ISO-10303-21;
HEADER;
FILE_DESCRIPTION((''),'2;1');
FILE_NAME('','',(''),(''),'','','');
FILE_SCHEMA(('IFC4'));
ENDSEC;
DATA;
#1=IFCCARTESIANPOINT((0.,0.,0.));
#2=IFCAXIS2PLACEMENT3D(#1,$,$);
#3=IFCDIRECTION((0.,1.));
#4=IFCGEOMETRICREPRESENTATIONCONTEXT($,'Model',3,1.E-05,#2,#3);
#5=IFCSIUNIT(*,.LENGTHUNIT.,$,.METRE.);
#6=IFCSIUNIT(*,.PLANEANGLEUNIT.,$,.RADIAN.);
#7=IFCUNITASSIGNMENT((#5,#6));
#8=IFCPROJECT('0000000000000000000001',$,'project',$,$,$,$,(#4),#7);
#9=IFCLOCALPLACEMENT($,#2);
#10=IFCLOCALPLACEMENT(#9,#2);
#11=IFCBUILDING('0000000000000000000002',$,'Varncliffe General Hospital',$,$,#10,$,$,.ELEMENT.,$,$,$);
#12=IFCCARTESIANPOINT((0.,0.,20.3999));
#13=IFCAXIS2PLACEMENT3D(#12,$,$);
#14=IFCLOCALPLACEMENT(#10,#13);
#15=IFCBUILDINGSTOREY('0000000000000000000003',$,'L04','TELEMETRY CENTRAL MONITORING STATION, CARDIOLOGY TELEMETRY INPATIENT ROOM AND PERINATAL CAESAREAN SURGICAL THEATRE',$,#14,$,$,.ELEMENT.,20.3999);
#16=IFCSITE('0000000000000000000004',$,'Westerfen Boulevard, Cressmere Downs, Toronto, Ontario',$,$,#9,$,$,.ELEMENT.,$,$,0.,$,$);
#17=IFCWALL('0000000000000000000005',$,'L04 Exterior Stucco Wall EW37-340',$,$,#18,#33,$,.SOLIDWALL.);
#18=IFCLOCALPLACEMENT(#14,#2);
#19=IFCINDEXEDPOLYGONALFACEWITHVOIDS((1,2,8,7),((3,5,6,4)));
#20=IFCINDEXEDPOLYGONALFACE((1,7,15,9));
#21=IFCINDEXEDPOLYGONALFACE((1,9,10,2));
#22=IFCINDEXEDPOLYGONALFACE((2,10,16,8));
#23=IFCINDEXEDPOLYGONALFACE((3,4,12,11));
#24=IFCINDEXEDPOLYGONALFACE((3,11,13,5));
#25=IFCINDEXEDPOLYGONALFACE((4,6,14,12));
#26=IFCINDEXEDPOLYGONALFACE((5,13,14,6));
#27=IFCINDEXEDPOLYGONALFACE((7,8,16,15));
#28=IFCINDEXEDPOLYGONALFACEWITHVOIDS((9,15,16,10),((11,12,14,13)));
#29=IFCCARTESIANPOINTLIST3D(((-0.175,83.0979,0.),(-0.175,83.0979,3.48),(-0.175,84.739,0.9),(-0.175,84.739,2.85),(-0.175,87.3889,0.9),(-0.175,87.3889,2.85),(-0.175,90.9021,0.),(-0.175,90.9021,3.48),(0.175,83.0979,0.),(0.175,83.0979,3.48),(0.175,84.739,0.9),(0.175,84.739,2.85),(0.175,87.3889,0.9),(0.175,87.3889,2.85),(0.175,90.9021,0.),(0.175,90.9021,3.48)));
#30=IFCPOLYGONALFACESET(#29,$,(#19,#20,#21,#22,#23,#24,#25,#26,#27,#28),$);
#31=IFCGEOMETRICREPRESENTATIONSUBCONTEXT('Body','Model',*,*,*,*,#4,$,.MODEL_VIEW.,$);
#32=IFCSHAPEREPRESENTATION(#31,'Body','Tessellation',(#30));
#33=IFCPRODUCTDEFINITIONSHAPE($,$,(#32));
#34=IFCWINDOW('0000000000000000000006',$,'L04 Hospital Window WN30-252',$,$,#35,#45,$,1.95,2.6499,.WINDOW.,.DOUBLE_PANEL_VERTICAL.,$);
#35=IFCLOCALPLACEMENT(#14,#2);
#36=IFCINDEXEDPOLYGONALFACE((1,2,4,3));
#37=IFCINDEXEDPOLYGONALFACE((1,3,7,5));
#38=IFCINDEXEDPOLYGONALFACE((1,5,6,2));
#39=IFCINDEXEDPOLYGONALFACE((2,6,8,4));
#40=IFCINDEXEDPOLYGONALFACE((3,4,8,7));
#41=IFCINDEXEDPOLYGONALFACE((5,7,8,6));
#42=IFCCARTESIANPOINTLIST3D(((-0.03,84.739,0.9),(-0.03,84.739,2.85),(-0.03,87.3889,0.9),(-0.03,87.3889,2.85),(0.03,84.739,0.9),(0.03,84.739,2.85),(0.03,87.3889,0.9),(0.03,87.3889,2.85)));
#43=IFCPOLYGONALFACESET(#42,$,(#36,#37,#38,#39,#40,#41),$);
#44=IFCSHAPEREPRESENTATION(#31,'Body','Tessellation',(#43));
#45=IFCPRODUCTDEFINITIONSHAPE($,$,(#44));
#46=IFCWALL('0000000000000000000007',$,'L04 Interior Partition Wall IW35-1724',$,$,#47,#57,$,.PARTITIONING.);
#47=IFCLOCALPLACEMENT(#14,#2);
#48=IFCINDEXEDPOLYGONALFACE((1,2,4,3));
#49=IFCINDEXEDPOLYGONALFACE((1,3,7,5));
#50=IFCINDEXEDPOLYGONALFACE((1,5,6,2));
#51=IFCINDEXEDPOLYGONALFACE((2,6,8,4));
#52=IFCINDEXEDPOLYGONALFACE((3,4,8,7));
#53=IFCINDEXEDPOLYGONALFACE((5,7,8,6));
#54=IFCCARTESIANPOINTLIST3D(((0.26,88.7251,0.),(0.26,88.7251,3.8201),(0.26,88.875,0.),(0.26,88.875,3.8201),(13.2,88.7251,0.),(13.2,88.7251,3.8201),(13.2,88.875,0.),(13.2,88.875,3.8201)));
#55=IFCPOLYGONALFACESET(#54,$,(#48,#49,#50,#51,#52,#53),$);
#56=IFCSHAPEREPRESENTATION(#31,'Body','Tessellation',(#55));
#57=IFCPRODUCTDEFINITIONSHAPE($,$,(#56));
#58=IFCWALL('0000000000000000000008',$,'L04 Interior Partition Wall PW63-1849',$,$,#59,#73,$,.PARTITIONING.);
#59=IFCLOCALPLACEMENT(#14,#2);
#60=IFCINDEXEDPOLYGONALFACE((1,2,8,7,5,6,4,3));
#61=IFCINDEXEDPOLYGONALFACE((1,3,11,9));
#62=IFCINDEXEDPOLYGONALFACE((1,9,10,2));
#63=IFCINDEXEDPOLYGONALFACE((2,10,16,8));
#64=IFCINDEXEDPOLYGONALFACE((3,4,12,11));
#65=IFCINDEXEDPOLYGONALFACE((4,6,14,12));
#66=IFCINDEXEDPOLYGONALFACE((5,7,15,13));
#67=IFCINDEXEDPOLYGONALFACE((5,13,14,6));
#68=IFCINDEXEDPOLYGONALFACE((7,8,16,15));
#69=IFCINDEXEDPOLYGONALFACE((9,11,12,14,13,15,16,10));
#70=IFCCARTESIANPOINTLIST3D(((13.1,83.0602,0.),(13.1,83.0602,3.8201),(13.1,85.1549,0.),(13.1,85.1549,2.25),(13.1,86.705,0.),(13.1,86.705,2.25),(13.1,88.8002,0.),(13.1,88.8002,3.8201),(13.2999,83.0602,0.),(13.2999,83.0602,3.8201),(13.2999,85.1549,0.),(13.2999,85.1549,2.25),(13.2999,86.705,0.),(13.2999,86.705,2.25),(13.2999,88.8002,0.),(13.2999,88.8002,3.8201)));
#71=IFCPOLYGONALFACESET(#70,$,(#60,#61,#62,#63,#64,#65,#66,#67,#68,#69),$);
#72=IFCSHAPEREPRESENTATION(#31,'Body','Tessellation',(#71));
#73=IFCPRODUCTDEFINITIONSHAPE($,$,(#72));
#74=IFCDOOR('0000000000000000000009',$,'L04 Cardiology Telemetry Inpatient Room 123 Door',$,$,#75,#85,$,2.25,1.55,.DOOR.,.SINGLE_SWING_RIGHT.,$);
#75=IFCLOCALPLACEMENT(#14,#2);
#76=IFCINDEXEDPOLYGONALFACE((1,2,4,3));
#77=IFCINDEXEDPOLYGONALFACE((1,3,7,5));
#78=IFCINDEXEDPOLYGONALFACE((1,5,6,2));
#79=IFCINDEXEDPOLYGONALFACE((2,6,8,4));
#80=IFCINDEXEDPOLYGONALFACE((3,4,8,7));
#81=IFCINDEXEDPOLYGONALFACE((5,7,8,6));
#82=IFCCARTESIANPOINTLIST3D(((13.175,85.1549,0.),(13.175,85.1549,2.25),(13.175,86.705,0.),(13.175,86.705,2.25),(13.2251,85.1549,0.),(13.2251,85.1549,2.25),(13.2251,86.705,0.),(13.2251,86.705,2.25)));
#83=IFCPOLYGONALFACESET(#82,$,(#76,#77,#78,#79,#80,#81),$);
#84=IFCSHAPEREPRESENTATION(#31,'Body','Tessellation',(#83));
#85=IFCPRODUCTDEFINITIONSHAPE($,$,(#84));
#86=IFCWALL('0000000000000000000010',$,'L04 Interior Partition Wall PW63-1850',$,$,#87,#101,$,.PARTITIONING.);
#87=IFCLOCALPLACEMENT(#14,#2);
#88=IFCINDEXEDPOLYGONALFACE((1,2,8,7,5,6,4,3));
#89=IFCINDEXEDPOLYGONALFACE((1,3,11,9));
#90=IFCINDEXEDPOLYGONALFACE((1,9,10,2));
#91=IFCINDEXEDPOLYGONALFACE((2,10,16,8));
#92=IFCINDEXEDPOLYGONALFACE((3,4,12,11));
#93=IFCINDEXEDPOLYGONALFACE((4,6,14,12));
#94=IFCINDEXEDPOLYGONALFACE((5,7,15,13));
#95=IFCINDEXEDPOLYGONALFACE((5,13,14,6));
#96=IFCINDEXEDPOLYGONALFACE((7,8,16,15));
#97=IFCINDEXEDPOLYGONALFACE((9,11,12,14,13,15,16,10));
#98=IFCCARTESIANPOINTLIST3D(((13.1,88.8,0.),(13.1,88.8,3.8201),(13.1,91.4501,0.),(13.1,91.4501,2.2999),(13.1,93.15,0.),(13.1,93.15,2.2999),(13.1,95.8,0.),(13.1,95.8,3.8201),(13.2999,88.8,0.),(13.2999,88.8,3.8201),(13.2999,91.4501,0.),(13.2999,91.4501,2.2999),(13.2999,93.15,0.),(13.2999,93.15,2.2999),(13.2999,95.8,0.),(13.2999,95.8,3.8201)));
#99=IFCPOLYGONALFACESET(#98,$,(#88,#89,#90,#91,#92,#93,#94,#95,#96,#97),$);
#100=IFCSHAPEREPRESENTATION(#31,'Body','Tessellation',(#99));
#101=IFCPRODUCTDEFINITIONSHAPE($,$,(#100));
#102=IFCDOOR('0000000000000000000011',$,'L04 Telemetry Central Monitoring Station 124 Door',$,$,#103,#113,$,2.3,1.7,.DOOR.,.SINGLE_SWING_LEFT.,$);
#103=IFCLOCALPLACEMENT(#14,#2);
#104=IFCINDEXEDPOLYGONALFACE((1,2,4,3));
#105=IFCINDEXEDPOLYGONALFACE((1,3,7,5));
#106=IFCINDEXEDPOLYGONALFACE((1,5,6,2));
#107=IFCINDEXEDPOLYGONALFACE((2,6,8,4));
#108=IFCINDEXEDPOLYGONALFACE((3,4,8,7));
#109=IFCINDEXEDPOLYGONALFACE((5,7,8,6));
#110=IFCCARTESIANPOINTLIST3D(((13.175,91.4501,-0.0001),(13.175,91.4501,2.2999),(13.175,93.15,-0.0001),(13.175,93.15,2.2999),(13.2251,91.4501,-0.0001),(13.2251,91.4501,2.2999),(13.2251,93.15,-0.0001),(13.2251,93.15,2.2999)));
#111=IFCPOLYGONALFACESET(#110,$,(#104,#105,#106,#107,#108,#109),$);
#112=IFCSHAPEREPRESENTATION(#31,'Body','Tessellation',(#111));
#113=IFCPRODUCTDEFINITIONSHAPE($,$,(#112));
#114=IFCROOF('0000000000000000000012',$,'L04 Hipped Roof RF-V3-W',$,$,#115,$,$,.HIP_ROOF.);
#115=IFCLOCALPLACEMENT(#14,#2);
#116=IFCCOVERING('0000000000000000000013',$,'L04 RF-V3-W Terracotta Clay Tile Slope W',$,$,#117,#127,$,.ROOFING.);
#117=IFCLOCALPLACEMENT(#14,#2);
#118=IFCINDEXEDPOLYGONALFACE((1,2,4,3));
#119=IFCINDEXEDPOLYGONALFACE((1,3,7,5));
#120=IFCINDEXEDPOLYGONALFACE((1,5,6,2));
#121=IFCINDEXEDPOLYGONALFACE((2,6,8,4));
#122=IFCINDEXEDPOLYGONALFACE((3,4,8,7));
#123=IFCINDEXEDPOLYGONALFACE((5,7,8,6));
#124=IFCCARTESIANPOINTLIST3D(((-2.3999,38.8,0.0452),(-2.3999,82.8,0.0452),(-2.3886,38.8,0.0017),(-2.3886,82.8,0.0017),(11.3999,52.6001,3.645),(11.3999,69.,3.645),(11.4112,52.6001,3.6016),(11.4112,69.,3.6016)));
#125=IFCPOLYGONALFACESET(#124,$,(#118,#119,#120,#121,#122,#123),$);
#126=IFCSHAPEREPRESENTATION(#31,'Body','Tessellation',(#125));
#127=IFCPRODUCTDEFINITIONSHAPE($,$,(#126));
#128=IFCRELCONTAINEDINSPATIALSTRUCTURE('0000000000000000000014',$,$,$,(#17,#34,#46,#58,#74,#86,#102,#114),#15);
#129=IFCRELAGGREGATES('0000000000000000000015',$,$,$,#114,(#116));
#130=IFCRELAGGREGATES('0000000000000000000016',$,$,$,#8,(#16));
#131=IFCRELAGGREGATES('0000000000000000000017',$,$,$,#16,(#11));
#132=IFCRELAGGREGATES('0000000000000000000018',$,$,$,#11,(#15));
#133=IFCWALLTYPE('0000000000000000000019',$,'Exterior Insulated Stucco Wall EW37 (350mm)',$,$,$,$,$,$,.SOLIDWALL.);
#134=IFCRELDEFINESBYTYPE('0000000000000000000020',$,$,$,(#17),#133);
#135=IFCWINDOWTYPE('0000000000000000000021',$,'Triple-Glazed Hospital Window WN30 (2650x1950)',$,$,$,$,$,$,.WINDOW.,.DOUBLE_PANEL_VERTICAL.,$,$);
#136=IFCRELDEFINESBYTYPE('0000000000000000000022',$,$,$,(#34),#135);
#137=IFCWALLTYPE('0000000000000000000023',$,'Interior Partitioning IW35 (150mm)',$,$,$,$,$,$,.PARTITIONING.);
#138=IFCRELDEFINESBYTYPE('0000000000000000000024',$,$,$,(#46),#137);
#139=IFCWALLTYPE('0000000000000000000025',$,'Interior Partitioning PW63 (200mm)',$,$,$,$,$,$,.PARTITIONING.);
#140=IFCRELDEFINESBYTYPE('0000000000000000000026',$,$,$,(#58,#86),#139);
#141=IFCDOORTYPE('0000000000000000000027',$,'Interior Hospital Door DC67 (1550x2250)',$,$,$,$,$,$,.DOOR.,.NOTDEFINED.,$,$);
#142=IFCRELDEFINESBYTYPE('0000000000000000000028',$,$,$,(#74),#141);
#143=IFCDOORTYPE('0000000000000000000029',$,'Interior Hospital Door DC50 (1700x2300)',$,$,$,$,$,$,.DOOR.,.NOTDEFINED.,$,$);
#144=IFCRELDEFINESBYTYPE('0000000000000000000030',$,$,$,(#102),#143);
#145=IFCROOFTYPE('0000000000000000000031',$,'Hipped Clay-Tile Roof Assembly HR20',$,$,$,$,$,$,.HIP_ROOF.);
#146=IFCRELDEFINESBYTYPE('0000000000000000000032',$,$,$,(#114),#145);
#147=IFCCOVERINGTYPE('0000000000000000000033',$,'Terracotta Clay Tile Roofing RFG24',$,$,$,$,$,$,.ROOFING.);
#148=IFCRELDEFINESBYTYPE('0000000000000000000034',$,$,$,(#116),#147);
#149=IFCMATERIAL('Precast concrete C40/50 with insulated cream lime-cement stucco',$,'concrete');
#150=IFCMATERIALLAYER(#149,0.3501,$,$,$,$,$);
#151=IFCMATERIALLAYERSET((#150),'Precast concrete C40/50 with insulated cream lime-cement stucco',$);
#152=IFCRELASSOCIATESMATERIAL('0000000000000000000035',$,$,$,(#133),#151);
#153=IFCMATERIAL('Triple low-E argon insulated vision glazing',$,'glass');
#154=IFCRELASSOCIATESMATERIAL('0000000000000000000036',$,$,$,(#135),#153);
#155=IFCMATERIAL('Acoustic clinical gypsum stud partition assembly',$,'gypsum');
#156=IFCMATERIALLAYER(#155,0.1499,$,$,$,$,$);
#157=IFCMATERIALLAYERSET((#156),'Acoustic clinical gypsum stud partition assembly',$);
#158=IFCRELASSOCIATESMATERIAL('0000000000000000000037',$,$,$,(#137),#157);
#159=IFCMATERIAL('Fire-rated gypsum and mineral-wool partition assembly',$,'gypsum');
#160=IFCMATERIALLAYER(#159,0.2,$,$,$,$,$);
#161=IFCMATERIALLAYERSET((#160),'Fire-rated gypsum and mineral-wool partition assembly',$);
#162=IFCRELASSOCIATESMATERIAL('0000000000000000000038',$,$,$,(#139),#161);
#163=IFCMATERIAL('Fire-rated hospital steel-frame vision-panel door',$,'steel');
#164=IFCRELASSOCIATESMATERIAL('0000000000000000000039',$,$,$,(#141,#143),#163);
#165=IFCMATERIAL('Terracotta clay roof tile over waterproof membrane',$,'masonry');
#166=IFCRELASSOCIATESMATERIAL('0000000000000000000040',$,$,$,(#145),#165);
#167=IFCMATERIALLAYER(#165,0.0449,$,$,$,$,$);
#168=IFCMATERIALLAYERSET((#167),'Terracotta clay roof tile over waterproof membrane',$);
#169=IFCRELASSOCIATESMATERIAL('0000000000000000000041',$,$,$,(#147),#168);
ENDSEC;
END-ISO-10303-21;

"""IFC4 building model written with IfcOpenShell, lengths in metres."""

from ifc_helpers import new_model, si_unit, direction, frame, frame_2d, origin, place, context, subcontext, project, spatial, polyline, rectangle, outline, extrude, material, layer, layer_set, type_object, element, fill, aggregate, save


model = new_model("IFC4")

# Units and contexts
model_context = context("Model", 3, precision=1e-05, world=origin(), true_north=direction((0.0, 1.0)))
body_context = subcontext(model_context, "Body", "Model", "MODEL_VIEW")
ifc_project = project(units=[si_unit("LENGTHUNIT", "METRE"), si_unit("PLANEANGLEUNIT", "RADIAN")], contexts=[model_context])

# Site, building, storey
site_placement = place(None, origin())
site = spatial("IfcSite", under=ifc_project, at=site_placement, Name="Westerfen Boulevard, Cressmere Downs, Toronto, Ontario", CompositionType="ELEMENT", RefElevation=0.0)
building_placement = place(site_placement, origin())
building = spatial("IfcBuilding", under=site, at=building_placement, Name="Varncliffe General Hospital", CompositionType="ELEMENT")
storey_placement = place(building_placement, frame((0.0, 0.0, 20.3999)))
storey = spatial("IfcBuildingStorey", under=building, at=storey_placement, Name="L04", Description="TELEMETRY CENTRAL MONITORING STATION, CARDIOLOGY TELEMETRY INPATIENT ROOM AND PERINATAL CAESAREAN SURGICAL THEATRE", CompositionType="ELEMENT", Elevation=20.3999)

# Shared definitions
ifc_material_1 = material(Name="Precast concrete C40/50 with insulated cream lime-cement stucco", Category="concrete")
ifc_material_2 = material(Name="Triple low-E argon insulated vision glazing", Category="glass")

# Wall, opening, window
ifc_layer_1 = layer(ifc_material_1, 0.3501)
ifc_layer_set_1 = layer_set([ifc_layer_1], Name="Precast concrete C40/50 with insulated cream lime-cement stucco")
wall_type_1 = type_object("IfcWallType", Name="Exterior Insulated Stucco Wall EW37 (350mm)", PredefinedType="SOLIDWALL", material=ifc_layer_set_1)
wall_1_placement = place(storey_placement, frame((0.0, 83.0979, 0.0), z_axis=(0.0, 0.0, 1.0), x_axis=(0.0, 1.0, 0.0)))
wall_1 = element("IfcWall", 1, at=wall_1_placement, inside=storey, type_object=wall_type_1, Name="L04 Exterior Stucco Wall EW37-340", PredefinedType="SOLIDWALL", context=body_context, shape_type="SweptSolid", body=[
    extrude(rectangle(XDim=7.8042, YDim=0.3501, at=frame_2d((3.9021, 0.0))), origin(), (0.0, 0.0, 1.0), 3.48),
])
opening_1_placement = place(wall_1_placement, frame((1.6411, 0.0, 0.8999)))
opening_1 = element("IfcOpeningElement", 2, at=opening_1_placement, cuts=wall_1, PredefinedType="OPENING", context=body_context, shape_type="SweptSolid", body=[
    extrude(rectangle(XDim=2.6499, YDim=1.95, at=frame_2d((1.325, 0.9751))), frame((0.0, 0.1851, 0.0), z_axis=(0.0, -1.0, 0.0), x_axis=(1.0, 0.0, 0.0)), (0.0, 0.0, 1.0), 0.3701),
])
window_type_1 = type_object("IfcWindowType", Name="Triple-Glazed Hospital Window WN30 (2650x1950)", PartitioningType="DOUBLE_PANEL_VERTICAL", PredefinedType="WINDOW", material=ifc_material_2)
window_1_placement = place(opening_1_placement, origin())
window_1 = element("IfcWindow", 3, at=window_1_placement, inside=storey, type_object=window_type_1, Name="L04 Hospital Window WN30-252", OverallHeight=1.95, OverallWidth=2.6499, PartitioningType="DOUBLE_PANEL_VERTICAL", PredefinedType="WINDOW", context=body_context, shape_type="SweptSolid", body=[
    extrude(rectangle(XDim=2.6499, YDim=1.95, at=frame_2d((1.325, 0.9751))), frame((0.0, 0.03, 0.0), z_axis=(0.0, -1.0, 0.0), x_axis=(1.0, 0.0, 0.0)), (0.0, 0.0, 1.0), 0.0601),
])
fill(opening_1, window_1)

# Wall
ifc_material_3 = material(Name="Acoustic clinical gypsum stud partition assembly", Category="gypsum")
ifc_layer_2 = layer(ifc_material_3, 0.1499)
ifc_layer_set_2 = layer_set([ifc_layer_2], Name="Acoustic clinical gypsum stud partition assembly")
wall_type_2 = type_object("IfcWallType", Name="Interior Partitioning IW35 (150mm)", PredefinedType="PARTITIONING", material=ifc_layer_set_2)
wall_2_placement = place(storey_placement, frame((0.26, 88.8, 0.0), z_axis=(0.0, 0.0, 1.0), x_axis=(1.0, 0.0, 0.0)))
element("IfcWall", 4, at=wall_2_placement, inside=storey, type_object=wall_type_2, Name="L04 Interior Partition Wall IW35-1724", PredefinedType="PARTITIONING", context=body_context, shape_type="SweptSolid", body=[
    extrude(rectangle(XDim=12.9399, YDim=0.1499, at=frame_2d((6.47, 0.0))), origin(), (0.0, 0.0, 1.0), 3.8201),
])

# Walls, openings, doors
ifc_material_4 = material(Name="Fire-rated gypsum and mineral-wool partition assembly", Category="gypsum")
ifc_layer_3 = layer(ifc_material_4, 0.2)
ifc_layer_set_3 = layer_set([ifc_layer_3], Name="Fire-rated gypsum and mineral-wool partition assembly")
wall_type_3 = type_object("IfcWallType", Name="Interior Partitioning PW63 (200mm)", PredefinedType="PARTITIONING", material=ifc_layer_set_3)
wall_3_placement = place(storey_placement, frame((13.2, 83.0601, 0.0), z_axis=(0.0, 0.0, 1.0), x_axis=(0.0, 1.0, 0.0)))
wall_3 = element("IfcWall", 5, at=wall_3_placement, inside=storey, type_object=wall_type_3, Name="L04 Interior Partition Wall PW63-1849", PredefinedType="PARTITIONING", context=body_context, shape_type="SweptSolid", body=[
    extrude(rectangle(XDim=5.74, YDim=0.2, at=frame_2d((2.8701, 0.0))), origin(), (0.0, 0.0, 1.0), 3.8201),
])
opening_2_placement = place(wall_3_placement, frame((2.095, 0.0, 0.0)))
opening_2 = element("IfcOpeningElement", 6, at=opening_2_placement, cuts=wall_3, PredefinedType="OPENING", context=body_context, shape_type="SweptSolid", body=[
    extrude(rectangle(XDim=1.55, YDim=2.25, at=frame_2d((0.7749, 1.125))), frame((0.0, 0.1099, 0.0), z_axis=(0.0, -1.0, 0.0), x_axis=(1.0, 0.0, 0.0)), (0.0, 0.0, 1.0), 0.22),
])
ifc_material_5 = material(Name="Fire-rated hospital steel-frame vision-panel door", Category="steel")
door_type_1 = type_object("IfcDoorType", Name="Interior Hospital Door DC67 (1550x2250)", OperationType="NOTDEFINED", PredefinedType="DOOR", material=ifc_material_5)
door_1_placement = place(opening_2_placement, origin())
door_1 = element("IfcDoor", 7, at=door_1_placement, inside=storey, type_object=door_type_1, Name="L04 Cardiology Telemetry Inpatient Room 123 Door", OperationType="SINGLE_SWING_RIGHT", OverallHeight=2.25, OverallWidth=1.55, PredefinedType="DOOR", context=body_context, shape_type="SweptSolid", body=[
    extrude(rectangle(XDim=1.55, YDim=2.25, at=frame_2d((0.7749, 1.125))), frame((0.0, 0.0249, 0.0), z_axis=(0.0, -1.0, 0.0), x_axis=(1.0, 0.0, 0.0)), (0.0, 0.0, 1.0), 0.05),
])
fill(opening_2, door_1)
wall_4_placement = place(storey_placement, frame((13.2, 88.8, 0.0), z_axis=(0.0, 0.0, 1.0), x_axis=(0.0, 1.0, 0.0)))
wall_4 = element("IfcWall", 8, at=wall_4_placement, inside=storey, type_object=wall_type_3, Name="L04 Interior Partition Wall PW63-1850", PredefinedType="PARTITIONING", context=body_context, shape_type="SweptSolid", body=[
    extrude(rectangle(XDim=7.0, YDim=0.2, at=frame_2d((3.5, 0.0))), origin(), (0.0, 0.0, 1.0), 3.8201),
])
opening_3_placement = place(wall_4_placement, frame((2.6499, 0.0, 0.0)))
opening_3 = element("IfcOpeningElement", 9, at=opening_3_placement, cuts=wall_4, PredefinedType="OPENING", context=body_context, shape_type="SweptSolid", body=[
    extrude(rectangle(XDim=1.7, YDim=2.3, at=frame_2d((0.8501, 1.1499))), frame((0.0, 0.1099, 0.0), z_axis=(0.0, -1.0, 0.0), x_axis=(1.0, 0.0, 0.0)), (0.0, 0.0, 1.0), 0.22),
])
door_type_2 = type_object("IfcDoorType", Name="Interior Hospital Door DC50 (1700x2300)", OperationType="NOTDEFINED", PredefinedType="DOOR", material=ifc_material_5)
door_2_placement = place(opening_3_placement, origin())
door_2 = element("IfcDoor", 10, at=door_2_placement, inside=storey, type_object=door_type_2, Name="L04 Telemetry Central Monitoring Station 124 Door", OperationType="SINGLE_SWING_LEFT", OverallHeight=2.3, OverallWidth=1.7, PredefinedType="DOOR", context=body_context, shape_type="SweptSolid", body=[
    extrude(rectangle(XDim=1.7, YDim=2.3, at=frame_2d((0.8501, 1.1499))), frame((0.0, 0.0249, 0.0), z_axis=(0.0, -1.0, 0.0), x_axis=(1.0, 0.0, 0.0)), (0.0, 0.0, 1.0), 0.05),
])
fill(opening_3, door_2)

# Roof, covering
ifc_material_6 = material(Name="Terracotta clay roof tile over waterproof membrane", Category="masonry")
roof_type = type_object("IfcRoofType", Name="Hipped Clay-Tile Roof Assembly HR20", PredefinedType="HIP_ROOF", material=ifc_material_6)
roof_placement = place(storey_placement, origin())
roof = element("IfcRoof", 11, at=roof_placement, inside=storey, type_object=roof_type, Name="L04 Hipped Roof RF-V3-W", PredefinedType="HIP_ROOF")
ifc_layer_4 = layer(ifc_material_6, 0.0449)
ifc_layer_set_4 = layer_set([ifc_layer_4], Name="Terracotta clay roof tile over waterproof membrane")
covering_type = type_object("IfcCoveringType", Name="Terracotta Clay Tile Roofing RFG24", PredefinedType="ROOFING", material=ifc_layer_set_4)
covering_placement = place(storey_placement, frame((-2.3999, 82.8, 0.0452), z_axis=(-0.252416, 0.0, 0.967619), x_axis=(0.0, -1.0, 0.0)))
covering = element("IfcCovering", 12, at=covering_placement, type_object=covering_type, Name="L04 RF-V3-W Terracotta Clay Tile Slope W", PredefinedType="ROOFING", context=body_context, shape_type="SweptSolid", body=[
    extrude(outline(polyline([(0.0, 0.0), (44.0, 0.0), (30.2, 14.2616), (13.8, 14.2616), (0.0, 0.0)])), origin(), (0.0, 0.0, -1.0), 0.0449),
])
aggregate(roof, [covering])

save(model, "model.ifc")
